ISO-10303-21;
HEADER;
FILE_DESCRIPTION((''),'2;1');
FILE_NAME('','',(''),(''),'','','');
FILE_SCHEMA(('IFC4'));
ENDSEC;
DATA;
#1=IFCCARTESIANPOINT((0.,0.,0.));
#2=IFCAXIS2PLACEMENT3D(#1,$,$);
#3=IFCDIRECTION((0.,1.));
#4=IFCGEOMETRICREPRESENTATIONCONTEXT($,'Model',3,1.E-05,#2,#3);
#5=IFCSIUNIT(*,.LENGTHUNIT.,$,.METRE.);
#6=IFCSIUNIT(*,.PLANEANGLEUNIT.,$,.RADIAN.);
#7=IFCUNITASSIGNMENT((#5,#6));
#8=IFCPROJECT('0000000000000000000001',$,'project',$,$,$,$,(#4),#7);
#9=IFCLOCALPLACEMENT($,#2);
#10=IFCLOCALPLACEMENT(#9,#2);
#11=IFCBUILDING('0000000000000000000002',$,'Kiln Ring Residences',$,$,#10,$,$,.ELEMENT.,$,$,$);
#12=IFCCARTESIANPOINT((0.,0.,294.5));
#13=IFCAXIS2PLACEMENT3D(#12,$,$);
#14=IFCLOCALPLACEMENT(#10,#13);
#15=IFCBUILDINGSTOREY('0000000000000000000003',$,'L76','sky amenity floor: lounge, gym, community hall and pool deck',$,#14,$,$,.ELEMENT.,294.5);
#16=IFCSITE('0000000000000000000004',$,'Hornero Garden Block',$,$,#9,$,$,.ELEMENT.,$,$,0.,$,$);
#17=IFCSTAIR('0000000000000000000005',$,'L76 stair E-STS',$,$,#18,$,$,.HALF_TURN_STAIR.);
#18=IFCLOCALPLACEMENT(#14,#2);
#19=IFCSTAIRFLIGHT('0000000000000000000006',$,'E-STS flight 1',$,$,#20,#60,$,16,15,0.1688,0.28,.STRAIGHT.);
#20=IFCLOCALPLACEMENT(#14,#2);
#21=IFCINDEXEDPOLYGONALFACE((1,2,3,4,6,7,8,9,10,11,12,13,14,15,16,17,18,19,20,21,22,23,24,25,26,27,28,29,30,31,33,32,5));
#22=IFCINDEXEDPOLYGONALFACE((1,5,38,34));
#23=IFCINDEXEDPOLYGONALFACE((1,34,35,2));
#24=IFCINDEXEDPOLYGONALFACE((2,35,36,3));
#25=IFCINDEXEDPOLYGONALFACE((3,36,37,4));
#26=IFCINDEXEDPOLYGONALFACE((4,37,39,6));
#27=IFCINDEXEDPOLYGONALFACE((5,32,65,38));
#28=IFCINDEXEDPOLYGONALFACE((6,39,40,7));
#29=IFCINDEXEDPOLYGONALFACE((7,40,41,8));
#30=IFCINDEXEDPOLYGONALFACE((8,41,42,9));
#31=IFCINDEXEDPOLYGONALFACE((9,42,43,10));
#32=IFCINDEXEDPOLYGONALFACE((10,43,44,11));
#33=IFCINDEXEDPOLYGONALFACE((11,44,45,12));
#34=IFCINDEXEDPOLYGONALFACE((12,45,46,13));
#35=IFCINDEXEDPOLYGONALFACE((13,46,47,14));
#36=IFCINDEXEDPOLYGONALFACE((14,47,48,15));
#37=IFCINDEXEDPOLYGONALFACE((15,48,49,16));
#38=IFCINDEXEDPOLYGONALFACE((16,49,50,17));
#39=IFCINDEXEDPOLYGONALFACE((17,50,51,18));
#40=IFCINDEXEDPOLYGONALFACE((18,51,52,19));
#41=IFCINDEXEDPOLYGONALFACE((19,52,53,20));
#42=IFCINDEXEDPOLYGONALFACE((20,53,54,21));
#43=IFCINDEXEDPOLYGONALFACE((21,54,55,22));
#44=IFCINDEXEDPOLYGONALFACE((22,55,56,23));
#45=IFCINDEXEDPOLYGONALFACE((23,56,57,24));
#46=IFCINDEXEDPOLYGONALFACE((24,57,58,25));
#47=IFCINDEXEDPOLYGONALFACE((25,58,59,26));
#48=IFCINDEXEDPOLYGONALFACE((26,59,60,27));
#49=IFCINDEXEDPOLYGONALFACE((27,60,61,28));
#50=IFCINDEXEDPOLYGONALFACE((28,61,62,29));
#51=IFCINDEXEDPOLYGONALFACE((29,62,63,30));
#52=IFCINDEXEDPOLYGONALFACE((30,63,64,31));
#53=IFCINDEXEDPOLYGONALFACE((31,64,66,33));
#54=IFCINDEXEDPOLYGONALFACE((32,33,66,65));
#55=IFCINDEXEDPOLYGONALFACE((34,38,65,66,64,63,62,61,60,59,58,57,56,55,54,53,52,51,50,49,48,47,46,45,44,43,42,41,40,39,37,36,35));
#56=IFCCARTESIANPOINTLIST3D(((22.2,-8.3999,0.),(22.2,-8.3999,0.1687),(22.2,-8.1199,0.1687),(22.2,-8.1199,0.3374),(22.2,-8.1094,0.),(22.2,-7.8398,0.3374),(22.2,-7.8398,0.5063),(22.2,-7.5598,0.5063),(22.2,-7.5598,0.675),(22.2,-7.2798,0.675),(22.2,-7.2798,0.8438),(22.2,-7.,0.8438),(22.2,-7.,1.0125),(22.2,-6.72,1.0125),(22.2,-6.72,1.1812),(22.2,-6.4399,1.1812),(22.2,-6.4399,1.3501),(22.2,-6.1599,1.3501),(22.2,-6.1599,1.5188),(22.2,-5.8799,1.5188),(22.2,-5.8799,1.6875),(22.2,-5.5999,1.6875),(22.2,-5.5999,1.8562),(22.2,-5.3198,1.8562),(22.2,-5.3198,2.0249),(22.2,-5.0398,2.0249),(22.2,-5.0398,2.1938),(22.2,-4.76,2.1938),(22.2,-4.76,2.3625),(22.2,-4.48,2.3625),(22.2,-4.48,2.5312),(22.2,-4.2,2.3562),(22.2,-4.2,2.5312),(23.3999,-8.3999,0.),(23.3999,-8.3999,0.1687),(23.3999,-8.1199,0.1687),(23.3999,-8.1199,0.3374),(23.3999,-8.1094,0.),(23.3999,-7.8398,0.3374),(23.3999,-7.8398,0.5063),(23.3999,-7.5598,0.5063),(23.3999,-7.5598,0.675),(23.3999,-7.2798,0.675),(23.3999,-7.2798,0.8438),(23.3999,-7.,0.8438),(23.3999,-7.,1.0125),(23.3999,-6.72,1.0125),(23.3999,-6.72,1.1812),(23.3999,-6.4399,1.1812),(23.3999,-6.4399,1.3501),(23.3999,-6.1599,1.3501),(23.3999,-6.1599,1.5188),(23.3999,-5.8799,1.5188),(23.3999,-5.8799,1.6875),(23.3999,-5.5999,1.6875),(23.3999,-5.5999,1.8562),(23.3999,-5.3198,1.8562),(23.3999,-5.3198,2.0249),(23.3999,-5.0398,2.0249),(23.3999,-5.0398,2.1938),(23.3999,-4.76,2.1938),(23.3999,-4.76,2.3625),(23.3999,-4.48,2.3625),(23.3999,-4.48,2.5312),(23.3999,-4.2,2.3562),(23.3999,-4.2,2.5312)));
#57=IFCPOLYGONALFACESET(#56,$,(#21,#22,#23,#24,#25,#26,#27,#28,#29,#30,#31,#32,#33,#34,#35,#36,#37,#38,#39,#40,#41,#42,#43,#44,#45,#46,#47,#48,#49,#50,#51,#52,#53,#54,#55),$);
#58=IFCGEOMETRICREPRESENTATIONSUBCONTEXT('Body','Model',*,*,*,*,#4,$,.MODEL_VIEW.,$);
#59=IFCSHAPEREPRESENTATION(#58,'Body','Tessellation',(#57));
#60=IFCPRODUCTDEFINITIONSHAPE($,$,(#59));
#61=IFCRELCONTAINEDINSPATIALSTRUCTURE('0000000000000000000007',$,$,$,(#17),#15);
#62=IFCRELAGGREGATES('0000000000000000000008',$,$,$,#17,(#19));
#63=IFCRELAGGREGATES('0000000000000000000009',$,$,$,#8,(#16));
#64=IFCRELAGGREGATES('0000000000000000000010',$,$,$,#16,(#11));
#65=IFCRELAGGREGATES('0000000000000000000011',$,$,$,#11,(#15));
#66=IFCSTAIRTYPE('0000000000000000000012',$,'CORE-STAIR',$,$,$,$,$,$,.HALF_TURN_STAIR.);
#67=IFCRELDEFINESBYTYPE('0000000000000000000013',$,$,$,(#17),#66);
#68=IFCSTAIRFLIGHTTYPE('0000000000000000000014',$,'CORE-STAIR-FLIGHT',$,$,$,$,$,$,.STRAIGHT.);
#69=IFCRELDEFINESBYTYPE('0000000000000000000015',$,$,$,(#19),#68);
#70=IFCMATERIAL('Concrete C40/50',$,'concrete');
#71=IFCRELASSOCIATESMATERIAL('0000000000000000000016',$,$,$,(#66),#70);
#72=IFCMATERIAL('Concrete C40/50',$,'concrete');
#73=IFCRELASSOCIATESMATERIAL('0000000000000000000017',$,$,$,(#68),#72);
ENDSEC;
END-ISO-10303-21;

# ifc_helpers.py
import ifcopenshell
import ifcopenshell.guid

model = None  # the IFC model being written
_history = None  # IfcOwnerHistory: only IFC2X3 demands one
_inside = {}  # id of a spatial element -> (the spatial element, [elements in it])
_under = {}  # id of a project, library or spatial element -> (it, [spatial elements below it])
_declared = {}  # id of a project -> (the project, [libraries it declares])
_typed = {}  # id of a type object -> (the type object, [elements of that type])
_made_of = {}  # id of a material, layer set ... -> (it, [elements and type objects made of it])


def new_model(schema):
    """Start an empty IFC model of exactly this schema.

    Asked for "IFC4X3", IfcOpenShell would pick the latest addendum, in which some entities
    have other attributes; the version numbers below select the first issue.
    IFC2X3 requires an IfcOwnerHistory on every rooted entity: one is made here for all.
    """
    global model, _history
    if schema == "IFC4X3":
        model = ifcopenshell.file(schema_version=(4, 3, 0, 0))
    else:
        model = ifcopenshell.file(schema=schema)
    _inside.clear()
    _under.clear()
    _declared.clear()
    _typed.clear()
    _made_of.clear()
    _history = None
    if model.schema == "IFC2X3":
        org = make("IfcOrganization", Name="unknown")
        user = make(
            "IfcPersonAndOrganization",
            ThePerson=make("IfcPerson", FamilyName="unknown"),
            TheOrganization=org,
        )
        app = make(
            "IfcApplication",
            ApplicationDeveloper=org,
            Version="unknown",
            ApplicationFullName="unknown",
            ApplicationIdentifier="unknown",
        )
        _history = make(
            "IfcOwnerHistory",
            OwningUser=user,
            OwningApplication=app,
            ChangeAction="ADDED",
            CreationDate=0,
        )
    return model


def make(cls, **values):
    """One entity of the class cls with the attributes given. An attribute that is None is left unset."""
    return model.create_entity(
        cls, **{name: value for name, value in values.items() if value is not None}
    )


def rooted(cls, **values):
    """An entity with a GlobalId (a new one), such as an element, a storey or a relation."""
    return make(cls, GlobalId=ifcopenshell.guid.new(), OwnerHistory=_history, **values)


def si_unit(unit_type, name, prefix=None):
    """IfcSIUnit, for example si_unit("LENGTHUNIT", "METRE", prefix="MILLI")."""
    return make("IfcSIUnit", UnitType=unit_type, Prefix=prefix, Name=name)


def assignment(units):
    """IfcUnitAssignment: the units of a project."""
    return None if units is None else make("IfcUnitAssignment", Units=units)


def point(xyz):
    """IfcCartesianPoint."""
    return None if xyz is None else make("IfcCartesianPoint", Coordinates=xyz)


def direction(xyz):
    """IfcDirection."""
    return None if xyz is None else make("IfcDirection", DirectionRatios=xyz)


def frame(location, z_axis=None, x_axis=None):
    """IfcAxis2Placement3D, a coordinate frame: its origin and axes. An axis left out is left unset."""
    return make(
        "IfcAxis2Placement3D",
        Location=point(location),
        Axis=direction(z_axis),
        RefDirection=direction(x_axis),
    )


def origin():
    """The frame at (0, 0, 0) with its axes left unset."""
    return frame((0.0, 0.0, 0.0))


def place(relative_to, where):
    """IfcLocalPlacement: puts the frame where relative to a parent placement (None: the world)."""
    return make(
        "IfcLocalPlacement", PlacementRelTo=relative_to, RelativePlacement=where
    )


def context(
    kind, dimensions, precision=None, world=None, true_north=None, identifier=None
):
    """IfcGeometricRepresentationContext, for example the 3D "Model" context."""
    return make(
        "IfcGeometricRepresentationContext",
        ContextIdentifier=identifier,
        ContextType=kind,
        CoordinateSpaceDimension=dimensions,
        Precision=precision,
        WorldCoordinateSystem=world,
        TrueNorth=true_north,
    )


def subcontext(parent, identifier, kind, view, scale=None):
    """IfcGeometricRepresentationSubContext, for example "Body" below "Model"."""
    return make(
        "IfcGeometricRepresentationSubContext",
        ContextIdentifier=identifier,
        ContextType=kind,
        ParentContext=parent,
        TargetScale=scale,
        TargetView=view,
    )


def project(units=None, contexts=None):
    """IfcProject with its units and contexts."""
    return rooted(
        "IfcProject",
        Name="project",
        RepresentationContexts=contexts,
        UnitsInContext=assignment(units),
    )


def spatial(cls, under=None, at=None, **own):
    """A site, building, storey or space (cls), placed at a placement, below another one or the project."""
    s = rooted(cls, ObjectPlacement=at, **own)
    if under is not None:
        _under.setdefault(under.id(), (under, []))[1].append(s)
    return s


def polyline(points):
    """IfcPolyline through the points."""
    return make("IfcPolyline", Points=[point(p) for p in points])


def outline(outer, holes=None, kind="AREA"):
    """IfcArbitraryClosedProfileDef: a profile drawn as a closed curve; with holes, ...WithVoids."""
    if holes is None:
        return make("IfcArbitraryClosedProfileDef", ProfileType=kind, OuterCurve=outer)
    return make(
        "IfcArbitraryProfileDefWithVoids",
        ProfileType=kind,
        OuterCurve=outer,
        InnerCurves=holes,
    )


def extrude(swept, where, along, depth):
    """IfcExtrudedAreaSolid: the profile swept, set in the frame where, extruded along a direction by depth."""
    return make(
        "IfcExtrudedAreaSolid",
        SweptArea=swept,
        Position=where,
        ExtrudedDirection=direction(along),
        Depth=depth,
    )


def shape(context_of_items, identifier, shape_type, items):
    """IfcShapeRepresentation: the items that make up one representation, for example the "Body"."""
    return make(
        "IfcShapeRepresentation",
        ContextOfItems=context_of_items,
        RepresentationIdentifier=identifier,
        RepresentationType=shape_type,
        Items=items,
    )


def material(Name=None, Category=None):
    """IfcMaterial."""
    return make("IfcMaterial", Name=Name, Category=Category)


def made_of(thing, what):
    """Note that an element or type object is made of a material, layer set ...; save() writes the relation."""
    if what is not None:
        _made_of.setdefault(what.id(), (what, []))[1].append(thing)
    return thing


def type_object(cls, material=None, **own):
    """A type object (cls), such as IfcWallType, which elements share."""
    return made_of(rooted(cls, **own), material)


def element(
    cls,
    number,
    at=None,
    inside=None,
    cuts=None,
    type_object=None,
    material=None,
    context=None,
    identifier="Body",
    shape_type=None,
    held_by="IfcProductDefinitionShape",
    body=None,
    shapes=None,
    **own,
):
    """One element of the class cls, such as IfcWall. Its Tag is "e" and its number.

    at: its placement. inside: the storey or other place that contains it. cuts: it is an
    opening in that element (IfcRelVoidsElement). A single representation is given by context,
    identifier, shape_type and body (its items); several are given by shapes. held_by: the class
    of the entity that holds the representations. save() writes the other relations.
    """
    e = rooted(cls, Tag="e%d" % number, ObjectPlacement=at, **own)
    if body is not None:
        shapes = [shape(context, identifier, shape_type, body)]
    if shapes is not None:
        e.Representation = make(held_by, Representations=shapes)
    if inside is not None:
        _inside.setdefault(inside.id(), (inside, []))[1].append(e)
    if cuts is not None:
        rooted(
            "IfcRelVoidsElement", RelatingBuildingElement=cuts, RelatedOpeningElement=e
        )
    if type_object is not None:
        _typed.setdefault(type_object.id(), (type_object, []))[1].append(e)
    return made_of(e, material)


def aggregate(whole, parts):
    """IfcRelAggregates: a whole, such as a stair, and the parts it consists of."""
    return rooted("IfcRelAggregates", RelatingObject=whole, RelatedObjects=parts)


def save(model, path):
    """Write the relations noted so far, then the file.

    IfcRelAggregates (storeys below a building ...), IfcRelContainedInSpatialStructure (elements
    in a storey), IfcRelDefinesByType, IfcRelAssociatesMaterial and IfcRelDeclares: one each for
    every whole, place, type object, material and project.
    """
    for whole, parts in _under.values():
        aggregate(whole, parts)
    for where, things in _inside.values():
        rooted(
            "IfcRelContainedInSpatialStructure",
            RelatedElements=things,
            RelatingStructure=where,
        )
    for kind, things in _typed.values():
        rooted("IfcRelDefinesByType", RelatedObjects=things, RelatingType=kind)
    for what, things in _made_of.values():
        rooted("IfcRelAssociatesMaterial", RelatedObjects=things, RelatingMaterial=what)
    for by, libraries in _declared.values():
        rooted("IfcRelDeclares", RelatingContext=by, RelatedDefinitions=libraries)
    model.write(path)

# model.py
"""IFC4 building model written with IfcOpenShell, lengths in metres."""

from ifc_helpers import new_model, si_unit, direction, frame, origin, place, context, subcontext, project, spatial, polyline, outline, extrude, material, type_object, element, aggregate, save


model = new_model("IFC4")

# Units and contexts
model_context = context("Model", 3, precision=1e-05, world=origin(), true_north=direction((0.0, 1.0)))
body_context = subcontext(model_context, "Body", "Model", "MODEL_VIEW")
ifc_project = project(units=[si_unit("LENGTHUNIT", "METRE"), si_unit("PLANEANGLEUNIT", "RADIAN")], contexts=[model_context])

# Site, building, storey
site_placement = place(None, origin())
site = spatial("IfcSite", under=ifc_project, at=site_placement, Name="Hornero Garden Block", CompositionType="ELEMENT", RefElevation=0.0)
building_placement = place(site_placement, origin())
building = spatial("IfcBuilding", under=site, at=building_placement, Name="Kiln Ring Residences", CompositionType="ELEMENT")
storey_placement = place(building_placement, frame((0.0, 0.0, 294.5)))
storey = spatial("IfcBuildingStorey", under=building, at=storey_placement, Name="L76", Description="sky amenity floor: lounge, gym, community hall and pool deck", CompositionType="ELEMENT", Elevation=294.5)

# Shared definitions
placement = place(storey_placement, origin())

# Stair, stair flight
ifc_material_1 = material(Name="Concrete C40/50", Category="concrete")
stair_type = type_object("IfcStairType", Name="CORE-STAIR", PredefinedType="HALF_TURN_STAIR", material=ifc_material_1)
stair = element("IfcStair", 1, at=placement, inside=storey, type_object=stair_type, Name="L76 stair E-STS", PredefinedType="HALF_TURN_STAIR")
ifc_material_2 = material(Name="Concrete C40/50", Category="concrete")
stair_flight_type = type_object("IfcStairFlightType", Name="CORE-STAIR-FLIGHT", PredefinedType="STRAIGHT", material=ifc_material_2)
stair_flight_placement = place(storey_placement, frame((22.8, -8.3999, 0.0), z_axis=(0.0, 0.0, 1.0), x_axis=(0.0, 1.0, 0.0)))
stair_flight = element("IfcStairFlight", 2, at=stair_flight_placement, type_object=stair_flight_type, Name="E-STS flight 1", NumberOfRisers=16, NumberOfTreads=15, PredefinedType="STRAIGHT", RiserHeight=0.1688, TreadLength=0.28, context=body_context, shape_type="SweptSolid", body=[
    extrude(outline(polyline([(0.0, 0.0), (0.0, 0.1687), (0.28, 0.1687), (0.28, 0.3374), (0.5601, 0.3374), (0.5601, 0.5063), (0.8401, 0.5063), (0.8401, 0.675), (1.1201, 0.675), (1.1201, 0.8438), (1.3999, 0.8438), (1.3999, 1.0125), (1.6799, 1.0125), (1.6799, 1.1812), (1.96, 1.1812), (1.96, 1.3501), (2.24, 1.3501), (2.24, 1.5188), (2.52, 1.5188), (2.52, 1.6875), (2.8, 1.6875), (2.8, 1.8562), (3.0801, 1.8562), (3.0801, 2.0249), (3.3601, 2.0249), (3.3601, 2.1938), (3.6399, 2.1938), (3.6399, 2.3625), (3.9199, 2.3625), (3.9199, 2.5312), (4.2, 2.5312), (4.2, 2.7), (4.2, 2.3562), (0.2905, 0.0), (0.0, 0.0)])), frame((0.0, 0.6001, 0.0), z_axis=(0.0, -1.0, 0.0), x_axis=(1.0, 0.0, 0.0)), (0.0, 0.0, 1.0), 1.2),
])
aggregate(stair, [stair_flight])

save(model, "model.ifc")
